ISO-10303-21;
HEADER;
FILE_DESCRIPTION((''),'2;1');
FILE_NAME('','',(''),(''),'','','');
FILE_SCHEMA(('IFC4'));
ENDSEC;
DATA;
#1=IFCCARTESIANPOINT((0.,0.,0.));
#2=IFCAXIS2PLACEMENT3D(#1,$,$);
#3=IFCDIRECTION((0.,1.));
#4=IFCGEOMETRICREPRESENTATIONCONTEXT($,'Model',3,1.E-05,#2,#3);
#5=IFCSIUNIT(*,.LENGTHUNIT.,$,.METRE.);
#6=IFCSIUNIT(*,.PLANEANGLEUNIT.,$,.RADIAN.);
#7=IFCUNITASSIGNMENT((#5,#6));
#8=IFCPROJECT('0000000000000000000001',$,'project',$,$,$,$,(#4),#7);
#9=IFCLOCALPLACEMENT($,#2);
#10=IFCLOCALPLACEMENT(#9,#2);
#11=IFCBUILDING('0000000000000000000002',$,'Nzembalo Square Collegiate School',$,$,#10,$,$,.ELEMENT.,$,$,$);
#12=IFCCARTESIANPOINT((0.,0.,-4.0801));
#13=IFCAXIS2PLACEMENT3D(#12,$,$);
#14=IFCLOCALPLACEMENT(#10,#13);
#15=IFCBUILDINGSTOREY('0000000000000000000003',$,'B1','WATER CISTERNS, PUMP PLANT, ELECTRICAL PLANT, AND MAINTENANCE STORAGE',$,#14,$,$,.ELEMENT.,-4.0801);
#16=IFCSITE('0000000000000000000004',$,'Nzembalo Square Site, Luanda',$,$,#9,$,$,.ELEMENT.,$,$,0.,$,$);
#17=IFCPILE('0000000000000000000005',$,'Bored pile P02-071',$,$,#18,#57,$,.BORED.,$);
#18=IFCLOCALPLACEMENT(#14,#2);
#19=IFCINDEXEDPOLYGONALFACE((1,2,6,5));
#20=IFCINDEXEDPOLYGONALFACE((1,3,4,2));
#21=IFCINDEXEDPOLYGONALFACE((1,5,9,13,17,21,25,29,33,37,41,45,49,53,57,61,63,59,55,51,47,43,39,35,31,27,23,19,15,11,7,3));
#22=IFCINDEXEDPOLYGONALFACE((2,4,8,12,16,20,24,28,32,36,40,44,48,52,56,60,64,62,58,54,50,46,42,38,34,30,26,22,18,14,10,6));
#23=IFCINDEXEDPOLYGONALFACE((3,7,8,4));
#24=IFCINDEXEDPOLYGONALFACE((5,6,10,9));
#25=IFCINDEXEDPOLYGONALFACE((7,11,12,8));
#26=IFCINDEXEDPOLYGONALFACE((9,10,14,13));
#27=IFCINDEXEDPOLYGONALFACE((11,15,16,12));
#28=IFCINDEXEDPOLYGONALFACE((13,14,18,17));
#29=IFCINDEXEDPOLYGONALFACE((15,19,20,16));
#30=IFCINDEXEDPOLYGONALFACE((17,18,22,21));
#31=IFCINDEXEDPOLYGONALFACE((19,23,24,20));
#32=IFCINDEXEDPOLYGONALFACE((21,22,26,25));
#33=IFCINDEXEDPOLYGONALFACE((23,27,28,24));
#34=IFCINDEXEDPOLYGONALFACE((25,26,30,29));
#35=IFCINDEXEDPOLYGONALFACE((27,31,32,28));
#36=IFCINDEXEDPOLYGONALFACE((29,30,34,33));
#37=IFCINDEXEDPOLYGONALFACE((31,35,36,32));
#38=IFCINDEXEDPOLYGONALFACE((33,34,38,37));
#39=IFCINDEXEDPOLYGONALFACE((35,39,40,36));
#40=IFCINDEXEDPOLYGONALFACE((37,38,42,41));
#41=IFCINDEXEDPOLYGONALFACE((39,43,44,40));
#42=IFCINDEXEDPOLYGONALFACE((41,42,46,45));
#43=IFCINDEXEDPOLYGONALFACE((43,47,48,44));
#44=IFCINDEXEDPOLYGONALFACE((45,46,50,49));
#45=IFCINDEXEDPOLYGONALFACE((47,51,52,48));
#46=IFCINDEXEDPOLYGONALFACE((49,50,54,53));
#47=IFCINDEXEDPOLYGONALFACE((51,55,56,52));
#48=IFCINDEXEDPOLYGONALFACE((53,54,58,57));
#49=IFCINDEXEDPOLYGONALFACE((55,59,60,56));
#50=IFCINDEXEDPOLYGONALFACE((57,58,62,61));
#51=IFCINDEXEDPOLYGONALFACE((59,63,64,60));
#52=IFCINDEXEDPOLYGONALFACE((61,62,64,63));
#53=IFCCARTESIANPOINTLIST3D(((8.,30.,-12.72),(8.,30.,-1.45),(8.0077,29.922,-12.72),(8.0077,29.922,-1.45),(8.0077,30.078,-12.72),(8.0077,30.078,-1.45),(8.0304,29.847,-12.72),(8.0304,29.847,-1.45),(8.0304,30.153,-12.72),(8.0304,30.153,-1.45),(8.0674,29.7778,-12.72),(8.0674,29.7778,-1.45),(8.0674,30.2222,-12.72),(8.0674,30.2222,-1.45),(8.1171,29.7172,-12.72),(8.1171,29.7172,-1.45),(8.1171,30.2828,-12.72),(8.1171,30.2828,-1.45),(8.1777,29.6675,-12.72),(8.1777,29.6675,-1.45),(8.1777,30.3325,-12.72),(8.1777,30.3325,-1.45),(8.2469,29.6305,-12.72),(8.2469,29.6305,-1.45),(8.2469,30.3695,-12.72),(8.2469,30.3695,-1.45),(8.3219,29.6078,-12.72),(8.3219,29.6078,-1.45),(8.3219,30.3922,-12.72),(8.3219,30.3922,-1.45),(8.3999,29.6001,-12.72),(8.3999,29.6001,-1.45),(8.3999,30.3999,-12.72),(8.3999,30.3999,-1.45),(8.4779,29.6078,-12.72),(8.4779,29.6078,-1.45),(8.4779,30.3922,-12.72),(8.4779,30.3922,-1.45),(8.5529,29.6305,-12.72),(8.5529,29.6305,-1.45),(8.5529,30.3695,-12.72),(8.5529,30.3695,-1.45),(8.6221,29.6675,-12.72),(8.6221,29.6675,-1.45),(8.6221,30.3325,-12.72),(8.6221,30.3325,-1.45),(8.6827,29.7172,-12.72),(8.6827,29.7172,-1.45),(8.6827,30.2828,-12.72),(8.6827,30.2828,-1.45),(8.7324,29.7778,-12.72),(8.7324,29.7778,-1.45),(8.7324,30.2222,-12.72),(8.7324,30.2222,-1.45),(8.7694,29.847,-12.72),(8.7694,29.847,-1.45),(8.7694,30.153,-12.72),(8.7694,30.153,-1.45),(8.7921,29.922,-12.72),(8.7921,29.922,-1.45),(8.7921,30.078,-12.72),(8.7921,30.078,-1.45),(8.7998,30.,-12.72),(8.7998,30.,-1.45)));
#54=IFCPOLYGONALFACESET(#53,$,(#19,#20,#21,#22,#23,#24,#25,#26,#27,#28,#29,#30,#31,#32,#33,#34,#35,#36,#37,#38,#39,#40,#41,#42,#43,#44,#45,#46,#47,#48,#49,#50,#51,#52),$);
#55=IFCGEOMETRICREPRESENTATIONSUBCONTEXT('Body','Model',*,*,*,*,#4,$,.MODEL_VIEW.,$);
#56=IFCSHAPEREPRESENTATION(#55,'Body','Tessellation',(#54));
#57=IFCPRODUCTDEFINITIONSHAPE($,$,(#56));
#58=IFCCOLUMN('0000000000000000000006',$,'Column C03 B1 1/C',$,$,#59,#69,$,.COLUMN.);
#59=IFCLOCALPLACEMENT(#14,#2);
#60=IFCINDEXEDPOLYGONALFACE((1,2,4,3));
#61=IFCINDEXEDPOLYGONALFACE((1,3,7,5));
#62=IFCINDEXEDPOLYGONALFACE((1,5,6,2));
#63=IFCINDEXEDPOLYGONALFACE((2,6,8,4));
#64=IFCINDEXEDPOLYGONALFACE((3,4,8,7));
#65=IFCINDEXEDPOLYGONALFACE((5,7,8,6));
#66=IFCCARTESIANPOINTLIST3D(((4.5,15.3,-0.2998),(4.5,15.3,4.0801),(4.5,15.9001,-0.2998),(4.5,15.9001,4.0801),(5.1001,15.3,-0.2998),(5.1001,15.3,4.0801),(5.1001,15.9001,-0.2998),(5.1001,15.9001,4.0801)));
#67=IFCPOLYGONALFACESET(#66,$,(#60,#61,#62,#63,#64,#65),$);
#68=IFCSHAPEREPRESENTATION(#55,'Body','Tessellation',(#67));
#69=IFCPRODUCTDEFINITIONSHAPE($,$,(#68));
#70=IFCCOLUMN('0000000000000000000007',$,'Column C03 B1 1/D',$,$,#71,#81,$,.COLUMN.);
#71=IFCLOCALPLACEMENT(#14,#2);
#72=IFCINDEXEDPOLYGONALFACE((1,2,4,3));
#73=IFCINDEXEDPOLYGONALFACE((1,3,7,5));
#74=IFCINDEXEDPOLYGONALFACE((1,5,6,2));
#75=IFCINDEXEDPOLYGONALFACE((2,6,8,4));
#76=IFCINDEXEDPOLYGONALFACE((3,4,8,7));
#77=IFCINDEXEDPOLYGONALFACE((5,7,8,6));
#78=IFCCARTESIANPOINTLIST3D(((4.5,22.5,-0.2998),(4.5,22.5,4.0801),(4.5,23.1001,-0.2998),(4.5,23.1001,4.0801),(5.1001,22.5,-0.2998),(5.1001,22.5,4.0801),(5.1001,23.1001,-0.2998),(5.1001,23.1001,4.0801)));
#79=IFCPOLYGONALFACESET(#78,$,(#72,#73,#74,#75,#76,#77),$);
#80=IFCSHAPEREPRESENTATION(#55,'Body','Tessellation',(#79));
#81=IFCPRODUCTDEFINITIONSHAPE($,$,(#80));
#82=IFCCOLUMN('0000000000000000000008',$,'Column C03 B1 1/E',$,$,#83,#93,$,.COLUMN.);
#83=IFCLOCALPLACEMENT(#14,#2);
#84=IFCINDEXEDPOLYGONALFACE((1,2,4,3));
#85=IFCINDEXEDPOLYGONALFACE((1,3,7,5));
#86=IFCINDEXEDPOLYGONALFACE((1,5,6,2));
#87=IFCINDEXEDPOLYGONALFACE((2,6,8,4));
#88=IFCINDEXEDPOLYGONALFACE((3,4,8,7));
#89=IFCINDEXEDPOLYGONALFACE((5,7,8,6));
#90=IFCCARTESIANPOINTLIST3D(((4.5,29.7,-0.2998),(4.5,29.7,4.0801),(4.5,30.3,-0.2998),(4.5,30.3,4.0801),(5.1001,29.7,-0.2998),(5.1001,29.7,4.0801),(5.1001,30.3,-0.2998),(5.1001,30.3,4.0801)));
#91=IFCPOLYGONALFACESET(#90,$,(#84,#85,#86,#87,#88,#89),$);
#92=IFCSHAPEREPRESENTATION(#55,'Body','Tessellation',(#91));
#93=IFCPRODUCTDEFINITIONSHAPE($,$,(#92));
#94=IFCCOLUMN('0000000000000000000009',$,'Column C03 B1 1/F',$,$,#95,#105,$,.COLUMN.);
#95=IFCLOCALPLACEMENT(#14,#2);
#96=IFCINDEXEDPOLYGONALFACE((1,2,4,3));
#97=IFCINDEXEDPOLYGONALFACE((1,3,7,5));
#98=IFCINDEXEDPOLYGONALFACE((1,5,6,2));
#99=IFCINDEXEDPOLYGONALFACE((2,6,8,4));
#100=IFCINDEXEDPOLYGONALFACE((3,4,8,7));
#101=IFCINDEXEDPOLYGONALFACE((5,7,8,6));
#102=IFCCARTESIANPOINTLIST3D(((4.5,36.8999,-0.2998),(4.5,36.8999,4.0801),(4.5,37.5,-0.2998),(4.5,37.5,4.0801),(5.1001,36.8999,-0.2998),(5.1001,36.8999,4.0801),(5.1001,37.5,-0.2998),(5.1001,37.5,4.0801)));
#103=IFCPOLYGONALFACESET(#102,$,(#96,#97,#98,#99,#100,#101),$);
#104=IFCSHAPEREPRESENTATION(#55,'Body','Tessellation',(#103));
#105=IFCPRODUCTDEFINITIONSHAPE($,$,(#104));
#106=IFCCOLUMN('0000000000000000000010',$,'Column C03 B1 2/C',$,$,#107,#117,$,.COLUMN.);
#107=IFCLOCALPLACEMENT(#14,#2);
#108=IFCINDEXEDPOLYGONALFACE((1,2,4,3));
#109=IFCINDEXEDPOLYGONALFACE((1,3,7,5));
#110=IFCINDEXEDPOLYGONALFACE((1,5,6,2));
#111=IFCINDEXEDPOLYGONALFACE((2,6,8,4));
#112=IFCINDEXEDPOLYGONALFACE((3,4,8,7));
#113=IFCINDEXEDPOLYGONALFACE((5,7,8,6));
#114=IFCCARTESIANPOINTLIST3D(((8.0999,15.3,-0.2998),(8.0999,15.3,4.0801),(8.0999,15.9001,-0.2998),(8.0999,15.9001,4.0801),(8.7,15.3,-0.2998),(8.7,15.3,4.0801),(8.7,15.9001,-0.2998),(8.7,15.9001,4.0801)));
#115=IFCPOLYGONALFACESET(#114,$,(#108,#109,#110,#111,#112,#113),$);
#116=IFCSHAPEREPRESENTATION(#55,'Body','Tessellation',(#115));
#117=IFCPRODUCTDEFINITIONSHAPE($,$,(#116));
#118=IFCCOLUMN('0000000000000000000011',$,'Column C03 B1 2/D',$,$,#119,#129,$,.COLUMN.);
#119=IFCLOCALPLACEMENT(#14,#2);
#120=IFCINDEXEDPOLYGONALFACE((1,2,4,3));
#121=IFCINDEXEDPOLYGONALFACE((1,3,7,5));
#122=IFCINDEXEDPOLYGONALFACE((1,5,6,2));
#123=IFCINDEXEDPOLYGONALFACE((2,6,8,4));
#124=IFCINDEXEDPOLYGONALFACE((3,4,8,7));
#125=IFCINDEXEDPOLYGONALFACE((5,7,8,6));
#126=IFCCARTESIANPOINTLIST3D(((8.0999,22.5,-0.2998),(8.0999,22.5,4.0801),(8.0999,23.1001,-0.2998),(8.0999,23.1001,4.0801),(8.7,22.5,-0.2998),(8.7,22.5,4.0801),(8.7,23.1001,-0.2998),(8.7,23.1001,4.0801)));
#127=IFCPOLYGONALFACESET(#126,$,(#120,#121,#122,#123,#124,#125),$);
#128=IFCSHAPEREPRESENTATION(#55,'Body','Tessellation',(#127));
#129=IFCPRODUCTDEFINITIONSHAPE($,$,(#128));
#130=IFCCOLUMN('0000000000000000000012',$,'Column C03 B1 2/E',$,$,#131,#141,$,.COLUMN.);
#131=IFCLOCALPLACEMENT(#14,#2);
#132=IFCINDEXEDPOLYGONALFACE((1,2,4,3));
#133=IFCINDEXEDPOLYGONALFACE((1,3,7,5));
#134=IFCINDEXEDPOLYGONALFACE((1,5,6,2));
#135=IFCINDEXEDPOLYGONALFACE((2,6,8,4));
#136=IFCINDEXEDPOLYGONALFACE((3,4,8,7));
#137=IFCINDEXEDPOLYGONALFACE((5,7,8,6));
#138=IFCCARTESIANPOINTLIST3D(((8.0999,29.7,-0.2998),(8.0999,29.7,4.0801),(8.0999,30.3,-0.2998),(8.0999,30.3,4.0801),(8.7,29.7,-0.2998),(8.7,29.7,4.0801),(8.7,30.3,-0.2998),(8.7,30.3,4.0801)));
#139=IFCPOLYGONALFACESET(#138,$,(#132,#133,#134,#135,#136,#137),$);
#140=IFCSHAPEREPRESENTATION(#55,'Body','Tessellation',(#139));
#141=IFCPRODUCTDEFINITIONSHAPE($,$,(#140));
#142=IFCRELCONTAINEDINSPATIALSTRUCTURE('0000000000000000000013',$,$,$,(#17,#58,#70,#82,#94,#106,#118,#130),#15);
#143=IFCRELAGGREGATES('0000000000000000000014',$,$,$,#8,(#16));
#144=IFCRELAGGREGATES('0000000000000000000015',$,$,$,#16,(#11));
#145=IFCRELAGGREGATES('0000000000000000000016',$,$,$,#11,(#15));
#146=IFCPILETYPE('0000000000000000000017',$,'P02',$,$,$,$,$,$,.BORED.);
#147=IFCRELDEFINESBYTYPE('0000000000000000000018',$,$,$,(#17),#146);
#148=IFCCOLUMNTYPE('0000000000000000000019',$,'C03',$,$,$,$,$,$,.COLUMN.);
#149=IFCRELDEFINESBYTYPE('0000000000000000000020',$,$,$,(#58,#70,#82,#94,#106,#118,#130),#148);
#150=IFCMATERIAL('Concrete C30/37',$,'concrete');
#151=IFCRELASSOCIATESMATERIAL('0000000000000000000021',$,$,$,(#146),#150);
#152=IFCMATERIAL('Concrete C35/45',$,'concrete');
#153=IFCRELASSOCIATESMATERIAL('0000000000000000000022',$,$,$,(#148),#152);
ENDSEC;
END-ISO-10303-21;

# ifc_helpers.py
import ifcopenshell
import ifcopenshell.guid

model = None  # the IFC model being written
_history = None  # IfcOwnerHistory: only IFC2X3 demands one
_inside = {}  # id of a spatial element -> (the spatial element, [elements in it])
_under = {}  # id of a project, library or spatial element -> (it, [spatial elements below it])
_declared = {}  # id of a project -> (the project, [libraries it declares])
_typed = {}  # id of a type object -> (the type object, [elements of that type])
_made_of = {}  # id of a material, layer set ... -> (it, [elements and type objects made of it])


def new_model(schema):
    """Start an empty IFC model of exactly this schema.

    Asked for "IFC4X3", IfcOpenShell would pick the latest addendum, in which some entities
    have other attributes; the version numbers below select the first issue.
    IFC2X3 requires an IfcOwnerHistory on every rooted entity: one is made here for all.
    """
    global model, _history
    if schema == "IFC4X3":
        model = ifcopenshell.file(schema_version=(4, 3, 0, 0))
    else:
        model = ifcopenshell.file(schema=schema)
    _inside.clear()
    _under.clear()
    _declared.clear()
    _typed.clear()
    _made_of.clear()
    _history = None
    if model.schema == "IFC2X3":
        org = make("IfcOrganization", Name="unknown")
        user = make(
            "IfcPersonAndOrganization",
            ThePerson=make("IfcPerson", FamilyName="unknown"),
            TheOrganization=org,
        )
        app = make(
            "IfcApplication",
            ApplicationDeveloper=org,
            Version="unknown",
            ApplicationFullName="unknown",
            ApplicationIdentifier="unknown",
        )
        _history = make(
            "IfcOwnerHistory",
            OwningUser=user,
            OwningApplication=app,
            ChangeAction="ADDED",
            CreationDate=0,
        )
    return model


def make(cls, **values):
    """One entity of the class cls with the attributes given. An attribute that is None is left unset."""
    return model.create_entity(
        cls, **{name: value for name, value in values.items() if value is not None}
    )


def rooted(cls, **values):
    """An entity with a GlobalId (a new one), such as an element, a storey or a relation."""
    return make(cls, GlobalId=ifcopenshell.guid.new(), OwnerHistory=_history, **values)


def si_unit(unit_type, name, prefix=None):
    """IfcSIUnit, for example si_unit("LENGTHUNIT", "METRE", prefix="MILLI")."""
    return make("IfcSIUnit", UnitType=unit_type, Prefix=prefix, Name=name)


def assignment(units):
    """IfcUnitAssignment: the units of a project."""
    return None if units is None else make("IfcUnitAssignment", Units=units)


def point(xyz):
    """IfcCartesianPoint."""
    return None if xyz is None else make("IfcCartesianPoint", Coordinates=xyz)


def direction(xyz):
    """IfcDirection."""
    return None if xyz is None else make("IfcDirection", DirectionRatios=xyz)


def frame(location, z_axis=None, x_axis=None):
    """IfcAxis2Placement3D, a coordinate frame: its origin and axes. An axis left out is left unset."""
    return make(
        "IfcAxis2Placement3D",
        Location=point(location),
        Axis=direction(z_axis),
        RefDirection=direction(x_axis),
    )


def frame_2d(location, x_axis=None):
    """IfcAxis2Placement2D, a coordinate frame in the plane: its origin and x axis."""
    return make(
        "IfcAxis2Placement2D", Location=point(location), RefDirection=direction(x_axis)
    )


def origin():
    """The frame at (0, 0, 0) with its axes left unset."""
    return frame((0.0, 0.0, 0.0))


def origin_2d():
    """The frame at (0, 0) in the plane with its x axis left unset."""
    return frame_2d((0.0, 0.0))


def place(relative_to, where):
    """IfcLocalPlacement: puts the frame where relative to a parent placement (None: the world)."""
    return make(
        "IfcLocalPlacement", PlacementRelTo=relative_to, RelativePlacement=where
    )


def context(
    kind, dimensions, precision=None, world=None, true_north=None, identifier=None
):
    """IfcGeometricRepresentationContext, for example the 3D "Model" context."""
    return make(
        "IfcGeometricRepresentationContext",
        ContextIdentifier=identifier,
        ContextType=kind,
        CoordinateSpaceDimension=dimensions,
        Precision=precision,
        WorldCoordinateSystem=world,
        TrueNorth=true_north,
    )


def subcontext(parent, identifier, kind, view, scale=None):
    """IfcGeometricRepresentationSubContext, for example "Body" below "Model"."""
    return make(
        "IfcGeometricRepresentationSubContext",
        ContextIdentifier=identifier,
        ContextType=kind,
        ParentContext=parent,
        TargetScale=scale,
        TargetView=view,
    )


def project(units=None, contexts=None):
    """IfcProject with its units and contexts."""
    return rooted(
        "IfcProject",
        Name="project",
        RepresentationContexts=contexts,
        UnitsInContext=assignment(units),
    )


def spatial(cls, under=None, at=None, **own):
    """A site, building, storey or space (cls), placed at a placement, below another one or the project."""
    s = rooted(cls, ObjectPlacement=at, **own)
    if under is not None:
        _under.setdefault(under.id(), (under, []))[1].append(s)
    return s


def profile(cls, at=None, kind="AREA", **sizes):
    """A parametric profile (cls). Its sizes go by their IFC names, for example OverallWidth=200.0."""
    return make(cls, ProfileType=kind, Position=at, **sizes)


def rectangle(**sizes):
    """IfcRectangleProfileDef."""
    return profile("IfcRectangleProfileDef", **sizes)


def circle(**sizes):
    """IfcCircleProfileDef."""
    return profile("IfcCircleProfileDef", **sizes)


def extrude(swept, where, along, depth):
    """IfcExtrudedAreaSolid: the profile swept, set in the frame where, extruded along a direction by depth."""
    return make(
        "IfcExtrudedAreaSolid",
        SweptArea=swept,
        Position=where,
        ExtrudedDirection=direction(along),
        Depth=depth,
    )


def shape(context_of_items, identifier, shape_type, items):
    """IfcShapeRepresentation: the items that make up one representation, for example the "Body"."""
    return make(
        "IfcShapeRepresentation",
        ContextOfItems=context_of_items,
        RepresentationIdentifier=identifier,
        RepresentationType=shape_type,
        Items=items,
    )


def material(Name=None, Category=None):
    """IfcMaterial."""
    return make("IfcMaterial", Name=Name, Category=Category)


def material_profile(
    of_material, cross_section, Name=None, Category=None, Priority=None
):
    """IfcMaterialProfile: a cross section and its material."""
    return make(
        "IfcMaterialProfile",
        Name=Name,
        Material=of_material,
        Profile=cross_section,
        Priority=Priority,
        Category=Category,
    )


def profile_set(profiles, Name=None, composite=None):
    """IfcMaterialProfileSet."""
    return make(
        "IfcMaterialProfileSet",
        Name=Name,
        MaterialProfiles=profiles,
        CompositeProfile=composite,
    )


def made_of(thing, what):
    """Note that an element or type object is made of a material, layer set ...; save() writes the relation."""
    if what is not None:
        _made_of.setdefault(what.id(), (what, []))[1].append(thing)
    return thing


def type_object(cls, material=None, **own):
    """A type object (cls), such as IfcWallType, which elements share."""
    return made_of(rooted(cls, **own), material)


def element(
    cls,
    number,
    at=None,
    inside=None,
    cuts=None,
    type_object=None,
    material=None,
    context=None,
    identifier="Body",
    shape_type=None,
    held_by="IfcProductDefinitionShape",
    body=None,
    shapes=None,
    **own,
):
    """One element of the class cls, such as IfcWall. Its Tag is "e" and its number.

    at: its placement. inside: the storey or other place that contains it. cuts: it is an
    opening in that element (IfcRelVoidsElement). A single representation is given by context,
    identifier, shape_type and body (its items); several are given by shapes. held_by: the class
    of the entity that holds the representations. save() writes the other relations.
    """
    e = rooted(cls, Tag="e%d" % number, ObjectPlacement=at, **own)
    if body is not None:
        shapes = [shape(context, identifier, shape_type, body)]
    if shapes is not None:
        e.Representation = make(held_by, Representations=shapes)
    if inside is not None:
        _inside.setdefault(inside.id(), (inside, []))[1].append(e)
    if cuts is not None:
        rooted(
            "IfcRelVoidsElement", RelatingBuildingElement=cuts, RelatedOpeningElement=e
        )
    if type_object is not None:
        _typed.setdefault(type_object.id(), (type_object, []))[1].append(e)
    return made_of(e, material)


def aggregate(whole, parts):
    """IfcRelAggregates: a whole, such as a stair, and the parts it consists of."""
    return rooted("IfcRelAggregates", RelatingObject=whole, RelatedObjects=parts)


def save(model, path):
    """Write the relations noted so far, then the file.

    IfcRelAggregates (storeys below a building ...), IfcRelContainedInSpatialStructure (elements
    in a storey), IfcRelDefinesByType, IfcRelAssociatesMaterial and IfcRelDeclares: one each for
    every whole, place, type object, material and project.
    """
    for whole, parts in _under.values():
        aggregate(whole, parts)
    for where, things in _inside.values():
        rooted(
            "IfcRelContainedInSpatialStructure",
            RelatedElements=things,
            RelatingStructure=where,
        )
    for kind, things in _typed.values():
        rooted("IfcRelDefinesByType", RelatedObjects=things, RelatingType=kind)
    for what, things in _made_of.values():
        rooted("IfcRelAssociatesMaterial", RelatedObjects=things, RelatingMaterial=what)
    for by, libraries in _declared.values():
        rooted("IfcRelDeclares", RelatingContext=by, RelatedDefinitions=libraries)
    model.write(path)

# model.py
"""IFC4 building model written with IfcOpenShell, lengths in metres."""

from ifc_helpers import new_model, si_unit, direction, frame, origin, origin_2d, place, context, subcontext, project, spatial, rectangle, circle, extrude, material, material_profile, profile_set, type_object, element, save


model = new_model("IFC4")

# Units and contexts
model_context = context("Model", 3, precision=1e-05, world=origin(), true_north=direction((0.0, 1.0)))
body_context = subcontext(model_context, "Body", "Model", "MODEL_VIEW")
ifc_project = project(units=[si_unit("LENGTHUNIT", "METRE"), si_unit("PLANEANGLEUNIT", "RADIAN")], contexts=[model_context])

# Site, building, storey
site_placement = place(None, origin())
site = spatial("IfcSite", under=ifc_project, at=site_placement, Name="Nzembalo Square Site, Luanda", CompositionType="ELEMENT", RefElevation=0.0)
building_placement = place(site_placement, origin())
building = spatial("IfcBuilding", under=site, at=building_placement, Name="Nzembalo Square Collegiate School", CompositionType="ELEMENT")
storey_placement = place(building_placement, frame((0.0, 0.0, -4.0801)))
storey = spatial("IfcBuildingStorey", under=building, at=storey_placement, Name="B1", Description="WATER CISTERNS, PUMP PLANT, ELECTRICAL PLANT, AND MAINTENANCE STORAGE", CompositionType="ELEMENT", Elevation=-4.0801)

# Pile
ifc_material_1 = material(Name="Concrete C30/37", Category="concrete")
ifc_material_profile_1 = material_profile(ifc_material_1, circle(Radius=0.3999, at=origin_2d()), Name="PILE D800")
ifc_profile_set_1 = profile_set([ifc_material_profile_1], Name="Concrete C30/37")
pile_type = type_object("IfcPileType", Name="P02", PredefinedType="BORED", material=ifc_profile_set_1)
for number, where, z_axis, x_axis, name in (
    (1, (8.3999, 30.0, -1.45), (0.0, 0.0, -1.0), (1.0, 0.0, 0.0), "Bored pile P02-071"),
):
    element("IfcPile", number, at=place(storey_placement, frame(where, z_axis=z_axis, x_axis=x_axis)), inside=storey, type_object=pile_type, Name=name, PredefinedType="BORED", context=body_context, shape_type="SweptSolid", body=[
        extrude(circle(Radius=0.3999, at=origin_2d()), origin(), (0.0, 0.0, 1.0), 11.27),
    ])

# Columns
ifc_material_2 = material(Name="Concrete C35/45", Category="concrete")
ifc_material_profile_2 = material_profile(ifc_material_2, rectangle(XDim=0.6001, YDim=0.6001, at=origin_2d()), Name="RC 600x600")
ifc_profile_set_2 = profile_set([ifc_material_profile_2], Name="Concrete C35/45")
column_type = type_object("IfcColumnType", Name="C03", PredefinedType="COLUMN", material=ifc_profile_set_2)
for number, where, z_axis, x_axis, name in (
    (2, (4.8, 15.6001, -0.2998), (0.0, 0.0, 1.0), (1.0, 0.0, 0.0), "Column C03 B1 1/C"),
    (3, (4.8, 22.8, -0.2998), (0.0, 0.0, 1.0), (1.0, 0.0, 0.0), "Column C03 B1 1/D"),
    (4, (4.8, 30.0, -0.2998), (0.0, 0.0, 1.0), (1.0, 0.0, 0.0), "Column C03 B1 1/E"),
    (5, (4.8, 37.2, -0.2998), (0.0, 0.0, 1.0), (1.0, 0.0, 0.0), "Column C03 B1 1/F"),
    (6, (8.3999, 15.6001, -0.2998), (0.0, 0.0, 1.0), (1.0, 0.0, 0.0), "Column C03 B1 2/C"),
    (7, (8.3999, 22.8, -0.2998), (0.0, 0.0, 1.0), (1.0, 0.0, 0.0), "Column C03 B1 2/D"),
    (8, (8.3999, 30.0, -0.2998), (0.0, 0.0, 1.0), (1.0, 0.0, 0.0), "Column C03 B1 2/E"),
):
    element("IfcColumn", number, at=place(storey_placement, frame(where, z_axis=z_axis, x_axis=x_axis)), inside=storey, type_object=column_type, Name=name, PredefinedType="COLUMN", context=body_context, shape_type="SweptSolid", body=[
        extrude(rectangle(XDim=0.6001, YDim=0.6001, at=origin_2d()), origin(), (0.0, 0.0, 1.0), 4.3799),
    ])

save(model, "model.ifc")
